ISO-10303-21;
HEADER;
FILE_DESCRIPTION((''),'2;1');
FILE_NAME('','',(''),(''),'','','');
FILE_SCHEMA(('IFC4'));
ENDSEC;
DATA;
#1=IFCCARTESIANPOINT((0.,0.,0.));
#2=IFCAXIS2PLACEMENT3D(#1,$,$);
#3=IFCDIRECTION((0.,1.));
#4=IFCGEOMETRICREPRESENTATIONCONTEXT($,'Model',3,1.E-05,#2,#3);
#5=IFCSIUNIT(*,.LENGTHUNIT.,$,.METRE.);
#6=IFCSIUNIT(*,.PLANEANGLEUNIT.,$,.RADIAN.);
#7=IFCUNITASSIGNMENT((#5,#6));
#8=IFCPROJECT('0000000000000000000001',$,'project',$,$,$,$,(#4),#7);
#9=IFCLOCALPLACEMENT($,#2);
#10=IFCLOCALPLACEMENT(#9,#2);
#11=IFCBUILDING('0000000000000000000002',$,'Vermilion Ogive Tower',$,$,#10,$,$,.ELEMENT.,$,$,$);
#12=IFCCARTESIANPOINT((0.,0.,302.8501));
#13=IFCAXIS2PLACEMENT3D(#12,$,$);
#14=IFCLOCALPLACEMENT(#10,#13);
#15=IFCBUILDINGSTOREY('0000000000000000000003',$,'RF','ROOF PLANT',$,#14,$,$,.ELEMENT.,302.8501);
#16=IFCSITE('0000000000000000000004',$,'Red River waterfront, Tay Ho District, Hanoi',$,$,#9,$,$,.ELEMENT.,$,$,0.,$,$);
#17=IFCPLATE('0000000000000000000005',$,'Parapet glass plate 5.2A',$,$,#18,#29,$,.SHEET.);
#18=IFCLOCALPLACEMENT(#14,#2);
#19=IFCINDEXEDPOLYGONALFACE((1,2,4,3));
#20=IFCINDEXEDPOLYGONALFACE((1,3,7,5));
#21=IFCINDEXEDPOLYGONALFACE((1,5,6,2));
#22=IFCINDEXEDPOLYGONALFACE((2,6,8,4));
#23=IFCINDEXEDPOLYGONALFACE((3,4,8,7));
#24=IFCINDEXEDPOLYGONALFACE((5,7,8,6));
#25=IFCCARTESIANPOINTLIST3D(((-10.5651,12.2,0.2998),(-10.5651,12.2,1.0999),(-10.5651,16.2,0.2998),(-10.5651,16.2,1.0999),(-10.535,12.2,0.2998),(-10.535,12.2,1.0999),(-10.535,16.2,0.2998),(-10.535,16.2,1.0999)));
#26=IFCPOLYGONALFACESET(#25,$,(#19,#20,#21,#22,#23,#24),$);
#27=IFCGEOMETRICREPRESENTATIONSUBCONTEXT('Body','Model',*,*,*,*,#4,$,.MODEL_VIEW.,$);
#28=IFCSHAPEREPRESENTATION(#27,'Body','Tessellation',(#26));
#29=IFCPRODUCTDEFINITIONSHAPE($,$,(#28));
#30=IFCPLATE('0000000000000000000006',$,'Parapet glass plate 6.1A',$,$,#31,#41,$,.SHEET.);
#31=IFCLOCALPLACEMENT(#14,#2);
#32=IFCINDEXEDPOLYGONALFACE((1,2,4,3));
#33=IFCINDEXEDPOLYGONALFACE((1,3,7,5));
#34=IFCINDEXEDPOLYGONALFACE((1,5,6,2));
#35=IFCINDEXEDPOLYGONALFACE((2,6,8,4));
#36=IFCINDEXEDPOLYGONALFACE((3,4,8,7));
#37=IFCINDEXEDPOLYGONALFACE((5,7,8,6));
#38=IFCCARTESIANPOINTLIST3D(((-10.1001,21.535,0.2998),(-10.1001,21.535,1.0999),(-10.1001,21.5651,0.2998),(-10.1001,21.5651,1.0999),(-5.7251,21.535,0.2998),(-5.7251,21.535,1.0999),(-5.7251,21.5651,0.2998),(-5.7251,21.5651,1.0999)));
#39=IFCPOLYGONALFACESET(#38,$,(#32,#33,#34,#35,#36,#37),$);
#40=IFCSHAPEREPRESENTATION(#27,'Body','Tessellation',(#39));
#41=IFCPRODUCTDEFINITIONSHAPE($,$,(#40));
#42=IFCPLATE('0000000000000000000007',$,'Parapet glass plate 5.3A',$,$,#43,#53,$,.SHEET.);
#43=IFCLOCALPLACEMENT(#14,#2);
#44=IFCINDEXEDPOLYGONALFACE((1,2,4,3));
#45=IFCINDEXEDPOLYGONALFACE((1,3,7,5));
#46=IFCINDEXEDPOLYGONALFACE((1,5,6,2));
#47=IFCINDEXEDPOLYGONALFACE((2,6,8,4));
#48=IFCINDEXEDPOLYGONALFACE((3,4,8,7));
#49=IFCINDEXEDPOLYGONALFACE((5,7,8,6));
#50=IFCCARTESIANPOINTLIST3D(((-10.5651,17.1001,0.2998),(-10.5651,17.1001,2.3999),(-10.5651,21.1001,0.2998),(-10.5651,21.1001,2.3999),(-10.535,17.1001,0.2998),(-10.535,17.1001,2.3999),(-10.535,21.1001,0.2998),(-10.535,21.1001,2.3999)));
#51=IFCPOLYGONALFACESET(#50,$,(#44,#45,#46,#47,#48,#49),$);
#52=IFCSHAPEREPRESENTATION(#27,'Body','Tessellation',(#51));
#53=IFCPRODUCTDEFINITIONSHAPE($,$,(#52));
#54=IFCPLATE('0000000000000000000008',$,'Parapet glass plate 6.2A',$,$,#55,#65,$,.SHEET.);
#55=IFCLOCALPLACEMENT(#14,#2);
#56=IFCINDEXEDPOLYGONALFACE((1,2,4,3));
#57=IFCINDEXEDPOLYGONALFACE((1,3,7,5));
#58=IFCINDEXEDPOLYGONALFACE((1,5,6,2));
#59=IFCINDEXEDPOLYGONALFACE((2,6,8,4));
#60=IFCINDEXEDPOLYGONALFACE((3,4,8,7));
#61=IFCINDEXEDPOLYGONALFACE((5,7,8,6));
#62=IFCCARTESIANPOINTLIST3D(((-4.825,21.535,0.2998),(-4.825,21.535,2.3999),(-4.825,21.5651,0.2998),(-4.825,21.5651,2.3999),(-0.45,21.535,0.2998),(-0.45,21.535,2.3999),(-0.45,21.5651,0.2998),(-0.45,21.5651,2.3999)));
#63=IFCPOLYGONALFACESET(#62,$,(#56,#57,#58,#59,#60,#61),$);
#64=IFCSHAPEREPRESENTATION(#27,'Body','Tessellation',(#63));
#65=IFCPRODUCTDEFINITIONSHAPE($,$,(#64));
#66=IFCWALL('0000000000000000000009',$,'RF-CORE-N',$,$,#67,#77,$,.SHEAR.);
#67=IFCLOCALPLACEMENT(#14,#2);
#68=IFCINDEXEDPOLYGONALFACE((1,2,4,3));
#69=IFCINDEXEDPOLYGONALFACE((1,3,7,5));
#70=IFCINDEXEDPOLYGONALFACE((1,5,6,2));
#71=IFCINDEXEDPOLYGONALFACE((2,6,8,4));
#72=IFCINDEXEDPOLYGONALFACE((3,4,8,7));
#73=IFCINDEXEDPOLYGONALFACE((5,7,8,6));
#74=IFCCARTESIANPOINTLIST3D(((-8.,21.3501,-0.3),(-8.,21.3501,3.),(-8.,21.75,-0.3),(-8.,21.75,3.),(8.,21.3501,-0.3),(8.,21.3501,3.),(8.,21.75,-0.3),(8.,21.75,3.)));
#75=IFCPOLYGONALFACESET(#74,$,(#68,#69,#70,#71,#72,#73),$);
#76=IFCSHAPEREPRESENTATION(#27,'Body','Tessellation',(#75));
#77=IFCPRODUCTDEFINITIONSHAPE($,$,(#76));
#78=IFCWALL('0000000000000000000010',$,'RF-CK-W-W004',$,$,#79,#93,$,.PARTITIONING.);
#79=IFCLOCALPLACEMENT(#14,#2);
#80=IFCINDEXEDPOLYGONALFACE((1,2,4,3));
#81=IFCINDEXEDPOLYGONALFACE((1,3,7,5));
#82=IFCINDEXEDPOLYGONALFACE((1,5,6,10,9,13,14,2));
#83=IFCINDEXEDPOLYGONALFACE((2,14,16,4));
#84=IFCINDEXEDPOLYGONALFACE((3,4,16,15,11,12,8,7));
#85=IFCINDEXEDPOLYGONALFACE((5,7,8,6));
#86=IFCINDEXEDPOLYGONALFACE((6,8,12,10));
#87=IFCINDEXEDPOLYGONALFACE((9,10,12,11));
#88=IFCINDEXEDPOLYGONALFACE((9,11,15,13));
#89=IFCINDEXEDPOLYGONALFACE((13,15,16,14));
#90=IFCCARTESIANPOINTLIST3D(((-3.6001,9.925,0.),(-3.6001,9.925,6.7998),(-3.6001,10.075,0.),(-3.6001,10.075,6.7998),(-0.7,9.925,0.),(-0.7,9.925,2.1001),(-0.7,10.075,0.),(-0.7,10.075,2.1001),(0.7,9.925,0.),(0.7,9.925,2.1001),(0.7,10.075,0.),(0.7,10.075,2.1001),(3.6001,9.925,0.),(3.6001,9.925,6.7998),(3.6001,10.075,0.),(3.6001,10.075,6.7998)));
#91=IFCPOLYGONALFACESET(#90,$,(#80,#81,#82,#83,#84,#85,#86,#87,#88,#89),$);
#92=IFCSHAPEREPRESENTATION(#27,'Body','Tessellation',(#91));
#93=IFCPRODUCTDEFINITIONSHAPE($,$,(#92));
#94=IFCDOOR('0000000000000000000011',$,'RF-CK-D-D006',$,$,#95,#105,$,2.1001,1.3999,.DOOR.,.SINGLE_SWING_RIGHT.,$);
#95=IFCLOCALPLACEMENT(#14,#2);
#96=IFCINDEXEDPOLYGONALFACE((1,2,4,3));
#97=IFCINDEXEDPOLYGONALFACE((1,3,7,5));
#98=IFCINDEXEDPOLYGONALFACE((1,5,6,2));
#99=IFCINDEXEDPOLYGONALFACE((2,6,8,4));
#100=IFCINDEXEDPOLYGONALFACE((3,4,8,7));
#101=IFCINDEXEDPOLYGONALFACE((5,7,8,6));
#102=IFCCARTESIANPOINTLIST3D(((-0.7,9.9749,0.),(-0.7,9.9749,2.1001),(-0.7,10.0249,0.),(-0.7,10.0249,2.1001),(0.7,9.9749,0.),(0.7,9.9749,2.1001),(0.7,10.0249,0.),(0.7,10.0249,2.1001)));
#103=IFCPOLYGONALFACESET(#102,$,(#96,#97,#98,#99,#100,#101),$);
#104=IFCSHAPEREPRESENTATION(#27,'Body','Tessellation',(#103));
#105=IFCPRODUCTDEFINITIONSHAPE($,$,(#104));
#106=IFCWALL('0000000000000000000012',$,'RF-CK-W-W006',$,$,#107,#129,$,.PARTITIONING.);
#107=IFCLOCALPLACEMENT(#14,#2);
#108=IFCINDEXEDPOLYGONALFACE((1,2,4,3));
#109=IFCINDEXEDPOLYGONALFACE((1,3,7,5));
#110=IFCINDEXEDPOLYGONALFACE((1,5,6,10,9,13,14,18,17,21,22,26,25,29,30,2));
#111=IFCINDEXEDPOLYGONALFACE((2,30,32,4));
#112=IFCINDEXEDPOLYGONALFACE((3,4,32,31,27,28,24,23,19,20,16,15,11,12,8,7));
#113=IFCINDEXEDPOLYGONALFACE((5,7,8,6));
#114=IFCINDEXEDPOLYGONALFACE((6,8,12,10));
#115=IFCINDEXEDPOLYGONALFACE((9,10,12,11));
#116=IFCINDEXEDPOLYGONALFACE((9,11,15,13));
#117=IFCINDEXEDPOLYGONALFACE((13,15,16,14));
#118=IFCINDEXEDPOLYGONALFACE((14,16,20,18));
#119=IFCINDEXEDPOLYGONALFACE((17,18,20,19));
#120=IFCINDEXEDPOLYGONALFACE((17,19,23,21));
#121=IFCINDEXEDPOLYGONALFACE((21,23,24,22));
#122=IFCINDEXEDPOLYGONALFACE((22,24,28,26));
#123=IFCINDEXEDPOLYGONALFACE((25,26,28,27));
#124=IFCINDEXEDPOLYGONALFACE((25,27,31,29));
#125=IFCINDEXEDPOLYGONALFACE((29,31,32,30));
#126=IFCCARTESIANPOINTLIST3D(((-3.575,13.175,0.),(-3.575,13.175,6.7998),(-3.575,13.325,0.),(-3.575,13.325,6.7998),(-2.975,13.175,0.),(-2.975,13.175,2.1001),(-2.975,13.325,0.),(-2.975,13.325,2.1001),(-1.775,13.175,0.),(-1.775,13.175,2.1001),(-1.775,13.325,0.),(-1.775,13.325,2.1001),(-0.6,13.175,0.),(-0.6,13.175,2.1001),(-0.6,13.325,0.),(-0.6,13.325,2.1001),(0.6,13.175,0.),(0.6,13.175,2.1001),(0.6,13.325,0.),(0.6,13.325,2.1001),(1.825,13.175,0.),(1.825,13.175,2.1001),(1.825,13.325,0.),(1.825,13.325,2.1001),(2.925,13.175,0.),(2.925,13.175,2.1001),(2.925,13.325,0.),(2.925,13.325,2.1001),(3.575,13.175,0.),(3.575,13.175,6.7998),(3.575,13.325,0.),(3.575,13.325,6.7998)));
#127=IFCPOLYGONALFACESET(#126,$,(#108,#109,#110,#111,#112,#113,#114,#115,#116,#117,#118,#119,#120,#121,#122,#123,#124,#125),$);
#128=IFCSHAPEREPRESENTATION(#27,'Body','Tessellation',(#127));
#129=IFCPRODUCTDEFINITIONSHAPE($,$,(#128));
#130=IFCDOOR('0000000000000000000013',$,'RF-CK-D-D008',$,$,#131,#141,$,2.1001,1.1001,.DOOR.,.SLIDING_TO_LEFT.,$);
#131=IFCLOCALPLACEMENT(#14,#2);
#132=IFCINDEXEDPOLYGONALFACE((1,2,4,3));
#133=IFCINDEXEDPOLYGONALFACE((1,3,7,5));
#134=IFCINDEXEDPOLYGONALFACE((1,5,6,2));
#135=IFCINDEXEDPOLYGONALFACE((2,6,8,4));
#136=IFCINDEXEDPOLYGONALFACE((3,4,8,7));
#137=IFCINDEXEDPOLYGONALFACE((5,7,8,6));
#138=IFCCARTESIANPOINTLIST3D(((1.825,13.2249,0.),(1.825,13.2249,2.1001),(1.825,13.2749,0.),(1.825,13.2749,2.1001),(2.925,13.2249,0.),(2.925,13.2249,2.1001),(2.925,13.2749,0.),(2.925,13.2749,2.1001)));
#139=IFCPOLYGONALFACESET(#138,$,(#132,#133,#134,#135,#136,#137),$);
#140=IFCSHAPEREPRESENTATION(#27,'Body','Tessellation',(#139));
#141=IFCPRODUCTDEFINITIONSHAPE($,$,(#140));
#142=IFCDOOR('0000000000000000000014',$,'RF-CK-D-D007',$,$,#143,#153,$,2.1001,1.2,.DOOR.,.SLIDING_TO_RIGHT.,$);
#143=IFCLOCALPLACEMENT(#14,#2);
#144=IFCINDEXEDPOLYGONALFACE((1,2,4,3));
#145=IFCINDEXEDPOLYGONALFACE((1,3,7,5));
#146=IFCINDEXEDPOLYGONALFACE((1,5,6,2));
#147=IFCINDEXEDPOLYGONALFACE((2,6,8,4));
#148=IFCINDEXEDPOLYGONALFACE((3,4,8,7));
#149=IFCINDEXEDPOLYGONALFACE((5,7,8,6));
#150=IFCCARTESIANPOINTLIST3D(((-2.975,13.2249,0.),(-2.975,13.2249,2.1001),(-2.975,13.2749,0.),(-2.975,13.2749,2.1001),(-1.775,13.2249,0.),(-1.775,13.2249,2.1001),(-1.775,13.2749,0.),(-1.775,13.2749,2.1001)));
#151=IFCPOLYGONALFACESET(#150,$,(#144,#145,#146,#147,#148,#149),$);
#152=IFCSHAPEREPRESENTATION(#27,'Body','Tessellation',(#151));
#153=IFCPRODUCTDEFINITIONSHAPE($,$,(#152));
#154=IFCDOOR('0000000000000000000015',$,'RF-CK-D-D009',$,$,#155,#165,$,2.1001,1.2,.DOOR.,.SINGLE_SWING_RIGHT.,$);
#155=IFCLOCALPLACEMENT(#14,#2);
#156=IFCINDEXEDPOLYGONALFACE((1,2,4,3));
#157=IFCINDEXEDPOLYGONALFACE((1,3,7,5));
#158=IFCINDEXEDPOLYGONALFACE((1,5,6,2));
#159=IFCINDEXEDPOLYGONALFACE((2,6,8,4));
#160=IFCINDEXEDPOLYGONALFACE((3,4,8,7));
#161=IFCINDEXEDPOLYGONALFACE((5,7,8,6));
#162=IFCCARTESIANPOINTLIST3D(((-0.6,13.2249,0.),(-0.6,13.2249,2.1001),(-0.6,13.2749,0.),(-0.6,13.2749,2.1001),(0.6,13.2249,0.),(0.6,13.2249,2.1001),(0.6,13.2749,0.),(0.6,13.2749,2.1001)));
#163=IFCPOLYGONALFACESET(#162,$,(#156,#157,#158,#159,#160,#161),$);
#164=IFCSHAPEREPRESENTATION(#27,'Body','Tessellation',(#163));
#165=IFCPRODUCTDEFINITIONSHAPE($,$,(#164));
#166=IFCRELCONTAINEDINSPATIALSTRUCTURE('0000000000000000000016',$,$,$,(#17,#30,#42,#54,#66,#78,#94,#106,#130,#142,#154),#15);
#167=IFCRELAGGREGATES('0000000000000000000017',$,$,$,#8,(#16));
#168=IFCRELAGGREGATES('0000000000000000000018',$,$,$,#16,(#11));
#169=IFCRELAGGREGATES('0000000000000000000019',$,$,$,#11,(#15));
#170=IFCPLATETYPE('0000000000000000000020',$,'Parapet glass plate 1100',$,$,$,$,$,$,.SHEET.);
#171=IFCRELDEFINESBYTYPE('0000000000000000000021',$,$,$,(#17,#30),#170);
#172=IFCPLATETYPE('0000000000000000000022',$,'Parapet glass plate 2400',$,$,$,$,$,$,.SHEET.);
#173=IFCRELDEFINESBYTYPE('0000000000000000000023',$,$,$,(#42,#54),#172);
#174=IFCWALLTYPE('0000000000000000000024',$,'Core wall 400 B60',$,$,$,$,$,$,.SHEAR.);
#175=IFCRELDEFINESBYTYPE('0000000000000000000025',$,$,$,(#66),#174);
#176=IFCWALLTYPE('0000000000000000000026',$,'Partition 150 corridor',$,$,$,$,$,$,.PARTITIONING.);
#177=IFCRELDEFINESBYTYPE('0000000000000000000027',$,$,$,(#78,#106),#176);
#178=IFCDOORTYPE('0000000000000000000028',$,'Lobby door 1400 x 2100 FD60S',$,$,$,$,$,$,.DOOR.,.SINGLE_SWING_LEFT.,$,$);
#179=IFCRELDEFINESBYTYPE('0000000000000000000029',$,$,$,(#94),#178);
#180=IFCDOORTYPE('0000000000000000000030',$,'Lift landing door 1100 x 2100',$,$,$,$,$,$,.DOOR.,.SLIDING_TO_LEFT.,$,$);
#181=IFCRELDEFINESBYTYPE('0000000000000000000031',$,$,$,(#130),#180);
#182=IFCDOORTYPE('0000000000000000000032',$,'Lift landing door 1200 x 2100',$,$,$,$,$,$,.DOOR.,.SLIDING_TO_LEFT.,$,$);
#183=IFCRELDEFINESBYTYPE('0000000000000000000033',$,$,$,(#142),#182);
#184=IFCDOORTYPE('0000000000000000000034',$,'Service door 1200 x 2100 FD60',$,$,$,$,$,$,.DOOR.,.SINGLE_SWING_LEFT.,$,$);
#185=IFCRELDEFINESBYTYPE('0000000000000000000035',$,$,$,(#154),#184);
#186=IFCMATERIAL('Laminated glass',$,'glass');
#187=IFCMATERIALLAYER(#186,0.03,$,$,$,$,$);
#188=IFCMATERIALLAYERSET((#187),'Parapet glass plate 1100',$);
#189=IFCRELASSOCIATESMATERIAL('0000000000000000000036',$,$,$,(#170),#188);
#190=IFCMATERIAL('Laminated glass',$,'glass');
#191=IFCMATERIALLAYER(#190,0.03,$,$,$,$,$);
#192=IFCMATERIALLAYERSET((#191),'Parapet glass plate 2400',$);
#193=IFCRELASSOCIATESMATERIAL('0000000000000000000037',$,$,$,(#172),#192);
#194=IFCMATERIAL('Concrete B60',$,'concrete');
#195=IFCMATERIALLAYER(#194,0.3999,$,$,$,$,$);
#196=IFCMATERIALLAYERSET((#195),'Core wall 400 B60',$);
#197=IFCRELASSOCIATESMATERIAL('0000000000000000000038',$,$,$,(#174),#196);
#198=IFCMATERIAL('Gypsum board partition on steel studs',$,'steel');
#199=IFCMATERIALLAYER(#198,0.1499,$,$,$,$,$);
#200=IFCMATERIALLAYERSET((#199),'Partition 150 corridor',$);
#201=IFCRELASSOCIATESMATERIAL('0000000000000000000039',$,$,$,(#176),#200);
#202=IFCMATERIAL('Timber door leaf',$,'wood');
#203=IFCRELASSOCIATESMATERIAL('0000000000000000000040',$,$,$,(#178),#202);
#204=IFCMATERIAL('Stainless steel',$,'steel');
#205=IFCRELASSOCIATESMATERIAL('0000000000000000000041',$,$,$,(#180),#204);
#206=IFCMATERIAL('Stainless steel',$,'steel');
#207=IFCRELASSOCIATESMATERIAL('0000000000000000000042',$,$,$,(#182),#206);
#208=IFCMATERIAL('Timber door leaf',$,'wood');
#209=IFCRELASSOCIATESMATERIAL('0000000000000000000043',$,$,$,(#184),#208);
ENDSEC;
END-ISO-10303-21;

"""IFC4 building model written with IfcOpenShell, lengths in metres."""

from ifc_helpers import new_model, si_unit, direction, frame, frame_2d, origin, origin_2d, place, context, subcontext, project, spatial, rectangle, extrude, material, layer, layer_set, type_object, element, fill, save


model = new_model("IFC4")

# Units and contexts
model_context = context("Model", 3, precision=1e-05, world=origin(), true_north=direction((0.0, 1.0)))
body_context = subcontext(model_context, "Body", "Model", "MODEL_VIEW")
ifc_project = project(units=[si_unit("LENGTHUNIT", "METRE"), si_unit("PLANEANGLEUNIT", "RADIAN")], contexts=[model_context])

# Site, building, storey
site_placement = place(None, origin())
site = spatial("IfcSite", under=ifc_project, at=site_placement, Name="Red River waterfront, Tay Ho District, Hanoi", CompositionType="ELEMENT", RefElevation=0.0)
building_placement = place(site_placement, origin())
building = spatial("IfcBuilding", under=site, at=building_placement, Name="Vermilion Ogive Tower", CompositionType="ELEMENT")
storey_placement = place(building_placement, frame((0.0, 0.0, 302.8501)))
storey = spatial("IfcBuildingStorey", under=building, at=storey_placement, Name="RF", Description="ROOF PLANT", CompositionType="ELEMENT", Elevation=302.8501)

# Plates
ifc_material_1 = material(Name="Laminated glass", Category="glass")
ifc_layer_1 = layer(ifc_material_1, 0.03)
ifc_layer_set_1 = layer_set([ifc_layer_1], Name="Parapet glass plate 1100")
plate_type_1 = type_object("IfcPlateType", Name="Parapet glass plate 1100", PredefinedType="SHEET", material=ifc_layer_set_1)
plate_1_placement = place(storey_placement, frame((-10.55, 14.2, 0.2998), z_axis=(0.0, 0.0, 1.0), x_axis=(0.0, 1.0, 0.0)))
element("IfcPlate", 1, at=plate_1_placement, inside=storey, type_object=plate_type_1, Name="Parapet glass plate 5.2A", PredefinedType="SHEET", context=body_context, shape_type="SweptSolid", body=[
    extrude(rectangle(XDim=4.0, YDim=0.03, at=origin_2d()), origin(), (0.0, 0.0, 1.0), 0.8),
])
plate_2_placement = place(storey_placement, frame((-7.9126, 21.55, 0.2998), z_axis=(0.0, 0.0, 1.0), x_axis=(1.0, 0.0, 0.0)))
element("IfcPlate", 2, at=plate_2_placement, inside=storey, type_object=plate_type_1, Name="Parapet glass plate 6.1A", PredefinedType="SHEET", context=body_context, shape_type="SweptSolid", body=[
    extrude(rectangle(XDim=4.375, YDim=0.03, at=origin_2d()), origin(), (0.0, 0.0, 1.0), 0.8),
])
ifc_material_2 = material(Name="Laminated glass", Category="glass")
ifc_layer_2 = layer(ifc_material_2, 0.03)
ifc_layer_set_2 = layer_set([ifc_layer_2], Name="Parapet glass plate 2400")
plate_type_2 = type_object("IfcPlateType", Name="Parapet glass plate 2400", PredefinedType="SHEET", material=ifc_layer_set_2)
plate_3_placement = place(storey_placement, frame((-10.55, 19.1001, 0.2998), z_axis=(0.0, 0.0, 1.0), x_axis=(0.0, 1.0, 0.0)))
element("IfcPlate", 3, at=plate_3_placement, inside=storey, type_object=plate_type_2, Name="Parapet glass plate 5.3A", PredefinedType="SHEET", context=body_context, shape_type="SweptSolid", body=[
    extrude(rectangle(XDim=4.0, YDim=0.03, at=origin_2d()), origin(), (0.0, 0.0, 1.0), 2.1001),
])
plate_4_placement = place(storey_placement, frame((-2.6375, 21.55, 0.2998), z_axis=(0.0, 0.0, 1.0), x_axis=(1.0, 0.0, 0.0)))
element("IfcPlate", 4, at=plate_4_placement, inside=storey, type_object=plate_type_2, Name="Parapet glass plate 6.2A", PredefinedType="SHEET", context=body_context, shape_type="SweptSolid", body=[
    extrude(rectangle(XDim=4.375, YDim=0.03, at=origin_2d()), origin(), (0.0, 0.0, 1.0), 2.1001),
])

# Wall
ifc_material_3 = material(Name="Concrete B60", Category="concrete")
ifc_layer_3 = layer(ifc_material_3, 0.3999)
ifc_layer_set_3 = layer_set([ifc_layer_3], Name="Core wall 400 B60")
wall_type_1 = type_object("IfcWallType", Name="Core wall 400 B60", PredefinedType="SHEAR", material=ifc_layer_set_3)
wall_1_placement = place(storey_placement, frame((-8.0, 21.55, -0.3), z_axis=(0.0, 0.0, 1.0), x_axis=(1.0, 0.0, 0.0)))
element("IfcWall", 5, at=wall_1_placement, inside=storey, type_object=wall_type_1, Name="RF-CORE-N", PredefinedType="SHEAR", context=body_context, shape_type="SweptSolid", body=[
    extrude(rectangle(XDim=16.0, YDim=0.3999, at=frame_2d((8.0, 0.0))), origin(), (0.0, 0.0, 1.0), 3.3),
])

# Wall, opening, door
ifc_material_4 = material(Name="Gypsum board partition on steel studs", Category="steel")
ifc_layer_4 = layer(ifc_material_4, 0.1499)
ifc_layer_set_4 = layer_set([ifc_layer_4], Name="Partition 150 corridor")
wall_type_2 = type_object("IfcWallType", Name="Partition 150 corridor", PredefinedType="PARTITIONING", material=ifc_layer_set_4)
wall_2_placement = place(storey_placement, frame((-3.6001, 10.0, 0.0), z_axis=(0.0, 0.0, 1.0), x_axis=(1.0, 0.0, 0.0)))
wall_2 = element("IfcWall", 6, at=wall_2_placement, inside=storey, type_object=wall_type_2, Name="RF-CK-W-W004", PredefinedType="PARTITIONING", context=body_context, shape_type="SweptSolid", body=[
    extrude(rectangle(XDim=7.2002, YDim=0.1499, at=frame_2d((3.6001, 0.0))), origin(), (0.0, 0.0, 1.0), 6.7998),
])
opening_1_placement = place(wall_2_placement, frame((2.9001, 0.0, 0.0)))
opening_1 = element("IfcOpeningElement", 7, at=opening_1_placement, cuts=wall_2, PredefinedType="OPENING", context=body_context, shape_type="SweptSolid", body=[
    extrude(rectangle(XDim=1.3999, YDim=2.1001, at=frame_2d((0.7, 1.05))), frame((0.0, 0.085, 0.0), z_axis=(0.0, -1.0, 0.0), x_axis=(1.0, 0.0, 0.0)), (0.0, 0.0, 1.0), 0.1699),
])
ifc_material_5 = material(Name="Timber door leaf", Category="wood")
door_type_1 = type_object("IfcDoorType", Name="Lobby door 1400 x 2100 FD60S", OperationType="SINGLE_SWING_LEFT", PredefinedType="DOOR", material=ifc_material_5)
door_1_placement = place(opening_1_placement, origin())
door_1 = element("IfcDoor", 8, at=door_1_placement, inside=storey, type_object=door_type_1, Name="RF-CK-D-D006", OperationType="SINGLE_SWING_RIGHT", OverallHeight=2.1001, OverallWidth=1.3999, PredefinedType="DOOR", context=body_context, shape_type="SweptSolid", body=[
    extrude(rectangle(XDim=1.3999, YDim=2.1001, at=frame_2d((0.7, 1.05))), frame((0.0, 0.0249, 0.0), z_axis=(0.0, -1.0, 0.0), x_axis=(1.0, 0.0, 0.0)), (0.0, 0.0, 1.0), 0.05),
])
fill(opening_1, door_1)

# Wall, openings, doors
wall_3_placement = place(storey_placement, frame((-3.575, 13.25, 0.0), z_axis=(0.0, 0.0, 1.0), x_axis=(1.0, 0.0, 0.0)))
wall_3 = element("IfcWall", 9, at=wall_3_placement, inside=storey, type_object=wall_type_2, Name="RF-CK-W-W006", PredefinedType="PARTITIONING", context=body_context, shape_type="SweptSolid", body=[
    extrude(rectangle(XDim=7.1499, YDim=0.1499, at=frame_2d((3.575, 0.0))), origin(), (0.0, 0.0, 1.0), 6.7998),
])
opening_2_placement = place(wall_3_placement, frame((0.5999, 0.0, 0.0)))
opening_2 = element("IfcOpeningElement", 10, at=opening_2_placement, cuts=wall_3, PredefinedType="OPENING", context=body_context, shape_type="SweptSolid", body=[
    extrude(rectangle(XDim=1.2, YDim=2.1001, at=frame_2d((0.6001, 1.05))), frame((0.0, 0.085, 0.0), z_axis=(0.0, -1.0, 0.0), x_axis=(1.0, 0.0, 0.0)), (0.0, 0.0, 1.0), 0.1699),
])
opening_3_placement = place(wall_3_placement, frame((5.3999, 0.0, 0.0)))
opening_3 = element("IfcOpeningElement", 11, at=opening_3_placement, cuts=wall_3, PredefinedType="OPENING", context=body_context, shape_type="SweptSolid", body=[
    extrude(rectangle(XDim=1.1001, YDim=2.1001, at=frame_2d((0.55, 1.05))), frame((0.0, 0.085, 0.0), z_axis=(0.0, -1.0, 0.0), x_axis=(1.0, 0.0, 0.0)), (0.0, 0.0, 1.0), 0.1699),
])
opening_4_placement = place(wall_3_placement, frame((2.9749, 0.0, 0.0)))
opening_4 = element("IfcOpeningElement", 12, at=opening_4_placement, cuts=wall_3, PredefinedType="OPENING", context=body_context, shape_type="SweptSolid", body=[
    extrude(rectangle(XDim=1.2, YDim=2.1001, at=frame_2d((0.6001, 1.05))), frame((0.0, 0.085, 0.0), z_axis=(0.0, -1.0, 0.0), x_axis=(1.0, 0.0, 0.0)), (0.0, 0.0, 1.0), 0.1699),
])
ifc_material_6 = material(Name="Stainless steel", Category="steel")
door_type_2 = type_object("IfcDoorType", Name="Lift landing door 1100 x 2100", OperationType="SLIDING_TO_LEFT", PredefinedType="DOOR", material=ifc_material_6)
door_2_placement = place(opening_3_placement, origin())
door_2 = element("IfcDoor", 13, at=door_2_placement, inside=storey, type_object=door_type_2, Name="RF-CK-D-D008", OperationType="SLIDING_TO_LEFT", OverallHeight=2.1001, OverallWidth=1.1001, PredefinedType="DOOR", context=body_context, shape_type="SweptSolid", body=[
    extrude(rectangle(XDim=1.1001, YDim=2.1001, at=frame_2d((0.55, 1.05))), frame((0.0, 0.0249, 0.0), z_axis=(0.0, -1.0, 0.0), x_axis=(1.0, 0.0, 0.0)), (0.0, 0.0, 1.0), 0.05),
])
fill(opening_3, door_2)
ifc_material_7 = material(Name="Stainless steel", Category="steel")
door_type_3 = type_object("IfcDoorType", Name="Lift landing door 1200 x 2100", OperationType="SLIDING_TO_LEFT", PredefinedType="DOOR", material=ifc_material_7)
door_3_placement = place(opening_2_placement, origin())
door_3 = element("IfcDoor", 14, at=door_3_placement, inside=storey, type_object=door_type_3, Name="RF-CK-D-D007", OperationType="SLIDING_TO_RIGHT", OverallHeight=2.1001, OverallWidth=1.2, PredefinedType="DOOR", context=body_context, shape_type="SweptSolid", body=[
    extrude(rectangle(XDim=1.2, YDim=2.1001, at=frame_2d((0.6001, 1.05))), frame((0.0, 0.0249, 0.0), z_axis=(0.0, -1.0, 0.0), x_axis=(1.0, 0.0, 0.0)), (0.0, 0.0, 1.0), 0.05),
])
fill(opening_2, door_3)
ifc_material_8 = material(Name="Timber door leaf", Category="wood")
door_type_4 = type_object("IfcDoorType", Name="Service door 1200 x 2100 FD60", OperationType="SINGLE_SWING_LEFT", PredefinedType="DOOR", material=ifc_material_8)
door_4_placement = place(opening_4_placement, origin())
door_4 = element("IfcDoor", 15, at=door_4_placement, inside=storey, type_object=door_type_4, Name="RF-CK-D-D009", OperationType="SINGLE_SWING_RIGHT", OverallHeight=2.1001, OverallWidth=1.2, PredefinedType="DOOR", context=body_context, shape_type="SweptSolid", body=[
    extrude(rectangle(XDim=1.2, YDim=2.1001, at=frame_2d((0.6001, 1.05))), frame((0.0, 0.0249, 0.0), z_axis=(0.0, -1.0, 0.0), x_axis=(1.0, 0.0, 0.0)), (0.0, 0.0, 1.0), 0.05),
])
fill(opening_4, door_4)

save(model, "model.ifc")
